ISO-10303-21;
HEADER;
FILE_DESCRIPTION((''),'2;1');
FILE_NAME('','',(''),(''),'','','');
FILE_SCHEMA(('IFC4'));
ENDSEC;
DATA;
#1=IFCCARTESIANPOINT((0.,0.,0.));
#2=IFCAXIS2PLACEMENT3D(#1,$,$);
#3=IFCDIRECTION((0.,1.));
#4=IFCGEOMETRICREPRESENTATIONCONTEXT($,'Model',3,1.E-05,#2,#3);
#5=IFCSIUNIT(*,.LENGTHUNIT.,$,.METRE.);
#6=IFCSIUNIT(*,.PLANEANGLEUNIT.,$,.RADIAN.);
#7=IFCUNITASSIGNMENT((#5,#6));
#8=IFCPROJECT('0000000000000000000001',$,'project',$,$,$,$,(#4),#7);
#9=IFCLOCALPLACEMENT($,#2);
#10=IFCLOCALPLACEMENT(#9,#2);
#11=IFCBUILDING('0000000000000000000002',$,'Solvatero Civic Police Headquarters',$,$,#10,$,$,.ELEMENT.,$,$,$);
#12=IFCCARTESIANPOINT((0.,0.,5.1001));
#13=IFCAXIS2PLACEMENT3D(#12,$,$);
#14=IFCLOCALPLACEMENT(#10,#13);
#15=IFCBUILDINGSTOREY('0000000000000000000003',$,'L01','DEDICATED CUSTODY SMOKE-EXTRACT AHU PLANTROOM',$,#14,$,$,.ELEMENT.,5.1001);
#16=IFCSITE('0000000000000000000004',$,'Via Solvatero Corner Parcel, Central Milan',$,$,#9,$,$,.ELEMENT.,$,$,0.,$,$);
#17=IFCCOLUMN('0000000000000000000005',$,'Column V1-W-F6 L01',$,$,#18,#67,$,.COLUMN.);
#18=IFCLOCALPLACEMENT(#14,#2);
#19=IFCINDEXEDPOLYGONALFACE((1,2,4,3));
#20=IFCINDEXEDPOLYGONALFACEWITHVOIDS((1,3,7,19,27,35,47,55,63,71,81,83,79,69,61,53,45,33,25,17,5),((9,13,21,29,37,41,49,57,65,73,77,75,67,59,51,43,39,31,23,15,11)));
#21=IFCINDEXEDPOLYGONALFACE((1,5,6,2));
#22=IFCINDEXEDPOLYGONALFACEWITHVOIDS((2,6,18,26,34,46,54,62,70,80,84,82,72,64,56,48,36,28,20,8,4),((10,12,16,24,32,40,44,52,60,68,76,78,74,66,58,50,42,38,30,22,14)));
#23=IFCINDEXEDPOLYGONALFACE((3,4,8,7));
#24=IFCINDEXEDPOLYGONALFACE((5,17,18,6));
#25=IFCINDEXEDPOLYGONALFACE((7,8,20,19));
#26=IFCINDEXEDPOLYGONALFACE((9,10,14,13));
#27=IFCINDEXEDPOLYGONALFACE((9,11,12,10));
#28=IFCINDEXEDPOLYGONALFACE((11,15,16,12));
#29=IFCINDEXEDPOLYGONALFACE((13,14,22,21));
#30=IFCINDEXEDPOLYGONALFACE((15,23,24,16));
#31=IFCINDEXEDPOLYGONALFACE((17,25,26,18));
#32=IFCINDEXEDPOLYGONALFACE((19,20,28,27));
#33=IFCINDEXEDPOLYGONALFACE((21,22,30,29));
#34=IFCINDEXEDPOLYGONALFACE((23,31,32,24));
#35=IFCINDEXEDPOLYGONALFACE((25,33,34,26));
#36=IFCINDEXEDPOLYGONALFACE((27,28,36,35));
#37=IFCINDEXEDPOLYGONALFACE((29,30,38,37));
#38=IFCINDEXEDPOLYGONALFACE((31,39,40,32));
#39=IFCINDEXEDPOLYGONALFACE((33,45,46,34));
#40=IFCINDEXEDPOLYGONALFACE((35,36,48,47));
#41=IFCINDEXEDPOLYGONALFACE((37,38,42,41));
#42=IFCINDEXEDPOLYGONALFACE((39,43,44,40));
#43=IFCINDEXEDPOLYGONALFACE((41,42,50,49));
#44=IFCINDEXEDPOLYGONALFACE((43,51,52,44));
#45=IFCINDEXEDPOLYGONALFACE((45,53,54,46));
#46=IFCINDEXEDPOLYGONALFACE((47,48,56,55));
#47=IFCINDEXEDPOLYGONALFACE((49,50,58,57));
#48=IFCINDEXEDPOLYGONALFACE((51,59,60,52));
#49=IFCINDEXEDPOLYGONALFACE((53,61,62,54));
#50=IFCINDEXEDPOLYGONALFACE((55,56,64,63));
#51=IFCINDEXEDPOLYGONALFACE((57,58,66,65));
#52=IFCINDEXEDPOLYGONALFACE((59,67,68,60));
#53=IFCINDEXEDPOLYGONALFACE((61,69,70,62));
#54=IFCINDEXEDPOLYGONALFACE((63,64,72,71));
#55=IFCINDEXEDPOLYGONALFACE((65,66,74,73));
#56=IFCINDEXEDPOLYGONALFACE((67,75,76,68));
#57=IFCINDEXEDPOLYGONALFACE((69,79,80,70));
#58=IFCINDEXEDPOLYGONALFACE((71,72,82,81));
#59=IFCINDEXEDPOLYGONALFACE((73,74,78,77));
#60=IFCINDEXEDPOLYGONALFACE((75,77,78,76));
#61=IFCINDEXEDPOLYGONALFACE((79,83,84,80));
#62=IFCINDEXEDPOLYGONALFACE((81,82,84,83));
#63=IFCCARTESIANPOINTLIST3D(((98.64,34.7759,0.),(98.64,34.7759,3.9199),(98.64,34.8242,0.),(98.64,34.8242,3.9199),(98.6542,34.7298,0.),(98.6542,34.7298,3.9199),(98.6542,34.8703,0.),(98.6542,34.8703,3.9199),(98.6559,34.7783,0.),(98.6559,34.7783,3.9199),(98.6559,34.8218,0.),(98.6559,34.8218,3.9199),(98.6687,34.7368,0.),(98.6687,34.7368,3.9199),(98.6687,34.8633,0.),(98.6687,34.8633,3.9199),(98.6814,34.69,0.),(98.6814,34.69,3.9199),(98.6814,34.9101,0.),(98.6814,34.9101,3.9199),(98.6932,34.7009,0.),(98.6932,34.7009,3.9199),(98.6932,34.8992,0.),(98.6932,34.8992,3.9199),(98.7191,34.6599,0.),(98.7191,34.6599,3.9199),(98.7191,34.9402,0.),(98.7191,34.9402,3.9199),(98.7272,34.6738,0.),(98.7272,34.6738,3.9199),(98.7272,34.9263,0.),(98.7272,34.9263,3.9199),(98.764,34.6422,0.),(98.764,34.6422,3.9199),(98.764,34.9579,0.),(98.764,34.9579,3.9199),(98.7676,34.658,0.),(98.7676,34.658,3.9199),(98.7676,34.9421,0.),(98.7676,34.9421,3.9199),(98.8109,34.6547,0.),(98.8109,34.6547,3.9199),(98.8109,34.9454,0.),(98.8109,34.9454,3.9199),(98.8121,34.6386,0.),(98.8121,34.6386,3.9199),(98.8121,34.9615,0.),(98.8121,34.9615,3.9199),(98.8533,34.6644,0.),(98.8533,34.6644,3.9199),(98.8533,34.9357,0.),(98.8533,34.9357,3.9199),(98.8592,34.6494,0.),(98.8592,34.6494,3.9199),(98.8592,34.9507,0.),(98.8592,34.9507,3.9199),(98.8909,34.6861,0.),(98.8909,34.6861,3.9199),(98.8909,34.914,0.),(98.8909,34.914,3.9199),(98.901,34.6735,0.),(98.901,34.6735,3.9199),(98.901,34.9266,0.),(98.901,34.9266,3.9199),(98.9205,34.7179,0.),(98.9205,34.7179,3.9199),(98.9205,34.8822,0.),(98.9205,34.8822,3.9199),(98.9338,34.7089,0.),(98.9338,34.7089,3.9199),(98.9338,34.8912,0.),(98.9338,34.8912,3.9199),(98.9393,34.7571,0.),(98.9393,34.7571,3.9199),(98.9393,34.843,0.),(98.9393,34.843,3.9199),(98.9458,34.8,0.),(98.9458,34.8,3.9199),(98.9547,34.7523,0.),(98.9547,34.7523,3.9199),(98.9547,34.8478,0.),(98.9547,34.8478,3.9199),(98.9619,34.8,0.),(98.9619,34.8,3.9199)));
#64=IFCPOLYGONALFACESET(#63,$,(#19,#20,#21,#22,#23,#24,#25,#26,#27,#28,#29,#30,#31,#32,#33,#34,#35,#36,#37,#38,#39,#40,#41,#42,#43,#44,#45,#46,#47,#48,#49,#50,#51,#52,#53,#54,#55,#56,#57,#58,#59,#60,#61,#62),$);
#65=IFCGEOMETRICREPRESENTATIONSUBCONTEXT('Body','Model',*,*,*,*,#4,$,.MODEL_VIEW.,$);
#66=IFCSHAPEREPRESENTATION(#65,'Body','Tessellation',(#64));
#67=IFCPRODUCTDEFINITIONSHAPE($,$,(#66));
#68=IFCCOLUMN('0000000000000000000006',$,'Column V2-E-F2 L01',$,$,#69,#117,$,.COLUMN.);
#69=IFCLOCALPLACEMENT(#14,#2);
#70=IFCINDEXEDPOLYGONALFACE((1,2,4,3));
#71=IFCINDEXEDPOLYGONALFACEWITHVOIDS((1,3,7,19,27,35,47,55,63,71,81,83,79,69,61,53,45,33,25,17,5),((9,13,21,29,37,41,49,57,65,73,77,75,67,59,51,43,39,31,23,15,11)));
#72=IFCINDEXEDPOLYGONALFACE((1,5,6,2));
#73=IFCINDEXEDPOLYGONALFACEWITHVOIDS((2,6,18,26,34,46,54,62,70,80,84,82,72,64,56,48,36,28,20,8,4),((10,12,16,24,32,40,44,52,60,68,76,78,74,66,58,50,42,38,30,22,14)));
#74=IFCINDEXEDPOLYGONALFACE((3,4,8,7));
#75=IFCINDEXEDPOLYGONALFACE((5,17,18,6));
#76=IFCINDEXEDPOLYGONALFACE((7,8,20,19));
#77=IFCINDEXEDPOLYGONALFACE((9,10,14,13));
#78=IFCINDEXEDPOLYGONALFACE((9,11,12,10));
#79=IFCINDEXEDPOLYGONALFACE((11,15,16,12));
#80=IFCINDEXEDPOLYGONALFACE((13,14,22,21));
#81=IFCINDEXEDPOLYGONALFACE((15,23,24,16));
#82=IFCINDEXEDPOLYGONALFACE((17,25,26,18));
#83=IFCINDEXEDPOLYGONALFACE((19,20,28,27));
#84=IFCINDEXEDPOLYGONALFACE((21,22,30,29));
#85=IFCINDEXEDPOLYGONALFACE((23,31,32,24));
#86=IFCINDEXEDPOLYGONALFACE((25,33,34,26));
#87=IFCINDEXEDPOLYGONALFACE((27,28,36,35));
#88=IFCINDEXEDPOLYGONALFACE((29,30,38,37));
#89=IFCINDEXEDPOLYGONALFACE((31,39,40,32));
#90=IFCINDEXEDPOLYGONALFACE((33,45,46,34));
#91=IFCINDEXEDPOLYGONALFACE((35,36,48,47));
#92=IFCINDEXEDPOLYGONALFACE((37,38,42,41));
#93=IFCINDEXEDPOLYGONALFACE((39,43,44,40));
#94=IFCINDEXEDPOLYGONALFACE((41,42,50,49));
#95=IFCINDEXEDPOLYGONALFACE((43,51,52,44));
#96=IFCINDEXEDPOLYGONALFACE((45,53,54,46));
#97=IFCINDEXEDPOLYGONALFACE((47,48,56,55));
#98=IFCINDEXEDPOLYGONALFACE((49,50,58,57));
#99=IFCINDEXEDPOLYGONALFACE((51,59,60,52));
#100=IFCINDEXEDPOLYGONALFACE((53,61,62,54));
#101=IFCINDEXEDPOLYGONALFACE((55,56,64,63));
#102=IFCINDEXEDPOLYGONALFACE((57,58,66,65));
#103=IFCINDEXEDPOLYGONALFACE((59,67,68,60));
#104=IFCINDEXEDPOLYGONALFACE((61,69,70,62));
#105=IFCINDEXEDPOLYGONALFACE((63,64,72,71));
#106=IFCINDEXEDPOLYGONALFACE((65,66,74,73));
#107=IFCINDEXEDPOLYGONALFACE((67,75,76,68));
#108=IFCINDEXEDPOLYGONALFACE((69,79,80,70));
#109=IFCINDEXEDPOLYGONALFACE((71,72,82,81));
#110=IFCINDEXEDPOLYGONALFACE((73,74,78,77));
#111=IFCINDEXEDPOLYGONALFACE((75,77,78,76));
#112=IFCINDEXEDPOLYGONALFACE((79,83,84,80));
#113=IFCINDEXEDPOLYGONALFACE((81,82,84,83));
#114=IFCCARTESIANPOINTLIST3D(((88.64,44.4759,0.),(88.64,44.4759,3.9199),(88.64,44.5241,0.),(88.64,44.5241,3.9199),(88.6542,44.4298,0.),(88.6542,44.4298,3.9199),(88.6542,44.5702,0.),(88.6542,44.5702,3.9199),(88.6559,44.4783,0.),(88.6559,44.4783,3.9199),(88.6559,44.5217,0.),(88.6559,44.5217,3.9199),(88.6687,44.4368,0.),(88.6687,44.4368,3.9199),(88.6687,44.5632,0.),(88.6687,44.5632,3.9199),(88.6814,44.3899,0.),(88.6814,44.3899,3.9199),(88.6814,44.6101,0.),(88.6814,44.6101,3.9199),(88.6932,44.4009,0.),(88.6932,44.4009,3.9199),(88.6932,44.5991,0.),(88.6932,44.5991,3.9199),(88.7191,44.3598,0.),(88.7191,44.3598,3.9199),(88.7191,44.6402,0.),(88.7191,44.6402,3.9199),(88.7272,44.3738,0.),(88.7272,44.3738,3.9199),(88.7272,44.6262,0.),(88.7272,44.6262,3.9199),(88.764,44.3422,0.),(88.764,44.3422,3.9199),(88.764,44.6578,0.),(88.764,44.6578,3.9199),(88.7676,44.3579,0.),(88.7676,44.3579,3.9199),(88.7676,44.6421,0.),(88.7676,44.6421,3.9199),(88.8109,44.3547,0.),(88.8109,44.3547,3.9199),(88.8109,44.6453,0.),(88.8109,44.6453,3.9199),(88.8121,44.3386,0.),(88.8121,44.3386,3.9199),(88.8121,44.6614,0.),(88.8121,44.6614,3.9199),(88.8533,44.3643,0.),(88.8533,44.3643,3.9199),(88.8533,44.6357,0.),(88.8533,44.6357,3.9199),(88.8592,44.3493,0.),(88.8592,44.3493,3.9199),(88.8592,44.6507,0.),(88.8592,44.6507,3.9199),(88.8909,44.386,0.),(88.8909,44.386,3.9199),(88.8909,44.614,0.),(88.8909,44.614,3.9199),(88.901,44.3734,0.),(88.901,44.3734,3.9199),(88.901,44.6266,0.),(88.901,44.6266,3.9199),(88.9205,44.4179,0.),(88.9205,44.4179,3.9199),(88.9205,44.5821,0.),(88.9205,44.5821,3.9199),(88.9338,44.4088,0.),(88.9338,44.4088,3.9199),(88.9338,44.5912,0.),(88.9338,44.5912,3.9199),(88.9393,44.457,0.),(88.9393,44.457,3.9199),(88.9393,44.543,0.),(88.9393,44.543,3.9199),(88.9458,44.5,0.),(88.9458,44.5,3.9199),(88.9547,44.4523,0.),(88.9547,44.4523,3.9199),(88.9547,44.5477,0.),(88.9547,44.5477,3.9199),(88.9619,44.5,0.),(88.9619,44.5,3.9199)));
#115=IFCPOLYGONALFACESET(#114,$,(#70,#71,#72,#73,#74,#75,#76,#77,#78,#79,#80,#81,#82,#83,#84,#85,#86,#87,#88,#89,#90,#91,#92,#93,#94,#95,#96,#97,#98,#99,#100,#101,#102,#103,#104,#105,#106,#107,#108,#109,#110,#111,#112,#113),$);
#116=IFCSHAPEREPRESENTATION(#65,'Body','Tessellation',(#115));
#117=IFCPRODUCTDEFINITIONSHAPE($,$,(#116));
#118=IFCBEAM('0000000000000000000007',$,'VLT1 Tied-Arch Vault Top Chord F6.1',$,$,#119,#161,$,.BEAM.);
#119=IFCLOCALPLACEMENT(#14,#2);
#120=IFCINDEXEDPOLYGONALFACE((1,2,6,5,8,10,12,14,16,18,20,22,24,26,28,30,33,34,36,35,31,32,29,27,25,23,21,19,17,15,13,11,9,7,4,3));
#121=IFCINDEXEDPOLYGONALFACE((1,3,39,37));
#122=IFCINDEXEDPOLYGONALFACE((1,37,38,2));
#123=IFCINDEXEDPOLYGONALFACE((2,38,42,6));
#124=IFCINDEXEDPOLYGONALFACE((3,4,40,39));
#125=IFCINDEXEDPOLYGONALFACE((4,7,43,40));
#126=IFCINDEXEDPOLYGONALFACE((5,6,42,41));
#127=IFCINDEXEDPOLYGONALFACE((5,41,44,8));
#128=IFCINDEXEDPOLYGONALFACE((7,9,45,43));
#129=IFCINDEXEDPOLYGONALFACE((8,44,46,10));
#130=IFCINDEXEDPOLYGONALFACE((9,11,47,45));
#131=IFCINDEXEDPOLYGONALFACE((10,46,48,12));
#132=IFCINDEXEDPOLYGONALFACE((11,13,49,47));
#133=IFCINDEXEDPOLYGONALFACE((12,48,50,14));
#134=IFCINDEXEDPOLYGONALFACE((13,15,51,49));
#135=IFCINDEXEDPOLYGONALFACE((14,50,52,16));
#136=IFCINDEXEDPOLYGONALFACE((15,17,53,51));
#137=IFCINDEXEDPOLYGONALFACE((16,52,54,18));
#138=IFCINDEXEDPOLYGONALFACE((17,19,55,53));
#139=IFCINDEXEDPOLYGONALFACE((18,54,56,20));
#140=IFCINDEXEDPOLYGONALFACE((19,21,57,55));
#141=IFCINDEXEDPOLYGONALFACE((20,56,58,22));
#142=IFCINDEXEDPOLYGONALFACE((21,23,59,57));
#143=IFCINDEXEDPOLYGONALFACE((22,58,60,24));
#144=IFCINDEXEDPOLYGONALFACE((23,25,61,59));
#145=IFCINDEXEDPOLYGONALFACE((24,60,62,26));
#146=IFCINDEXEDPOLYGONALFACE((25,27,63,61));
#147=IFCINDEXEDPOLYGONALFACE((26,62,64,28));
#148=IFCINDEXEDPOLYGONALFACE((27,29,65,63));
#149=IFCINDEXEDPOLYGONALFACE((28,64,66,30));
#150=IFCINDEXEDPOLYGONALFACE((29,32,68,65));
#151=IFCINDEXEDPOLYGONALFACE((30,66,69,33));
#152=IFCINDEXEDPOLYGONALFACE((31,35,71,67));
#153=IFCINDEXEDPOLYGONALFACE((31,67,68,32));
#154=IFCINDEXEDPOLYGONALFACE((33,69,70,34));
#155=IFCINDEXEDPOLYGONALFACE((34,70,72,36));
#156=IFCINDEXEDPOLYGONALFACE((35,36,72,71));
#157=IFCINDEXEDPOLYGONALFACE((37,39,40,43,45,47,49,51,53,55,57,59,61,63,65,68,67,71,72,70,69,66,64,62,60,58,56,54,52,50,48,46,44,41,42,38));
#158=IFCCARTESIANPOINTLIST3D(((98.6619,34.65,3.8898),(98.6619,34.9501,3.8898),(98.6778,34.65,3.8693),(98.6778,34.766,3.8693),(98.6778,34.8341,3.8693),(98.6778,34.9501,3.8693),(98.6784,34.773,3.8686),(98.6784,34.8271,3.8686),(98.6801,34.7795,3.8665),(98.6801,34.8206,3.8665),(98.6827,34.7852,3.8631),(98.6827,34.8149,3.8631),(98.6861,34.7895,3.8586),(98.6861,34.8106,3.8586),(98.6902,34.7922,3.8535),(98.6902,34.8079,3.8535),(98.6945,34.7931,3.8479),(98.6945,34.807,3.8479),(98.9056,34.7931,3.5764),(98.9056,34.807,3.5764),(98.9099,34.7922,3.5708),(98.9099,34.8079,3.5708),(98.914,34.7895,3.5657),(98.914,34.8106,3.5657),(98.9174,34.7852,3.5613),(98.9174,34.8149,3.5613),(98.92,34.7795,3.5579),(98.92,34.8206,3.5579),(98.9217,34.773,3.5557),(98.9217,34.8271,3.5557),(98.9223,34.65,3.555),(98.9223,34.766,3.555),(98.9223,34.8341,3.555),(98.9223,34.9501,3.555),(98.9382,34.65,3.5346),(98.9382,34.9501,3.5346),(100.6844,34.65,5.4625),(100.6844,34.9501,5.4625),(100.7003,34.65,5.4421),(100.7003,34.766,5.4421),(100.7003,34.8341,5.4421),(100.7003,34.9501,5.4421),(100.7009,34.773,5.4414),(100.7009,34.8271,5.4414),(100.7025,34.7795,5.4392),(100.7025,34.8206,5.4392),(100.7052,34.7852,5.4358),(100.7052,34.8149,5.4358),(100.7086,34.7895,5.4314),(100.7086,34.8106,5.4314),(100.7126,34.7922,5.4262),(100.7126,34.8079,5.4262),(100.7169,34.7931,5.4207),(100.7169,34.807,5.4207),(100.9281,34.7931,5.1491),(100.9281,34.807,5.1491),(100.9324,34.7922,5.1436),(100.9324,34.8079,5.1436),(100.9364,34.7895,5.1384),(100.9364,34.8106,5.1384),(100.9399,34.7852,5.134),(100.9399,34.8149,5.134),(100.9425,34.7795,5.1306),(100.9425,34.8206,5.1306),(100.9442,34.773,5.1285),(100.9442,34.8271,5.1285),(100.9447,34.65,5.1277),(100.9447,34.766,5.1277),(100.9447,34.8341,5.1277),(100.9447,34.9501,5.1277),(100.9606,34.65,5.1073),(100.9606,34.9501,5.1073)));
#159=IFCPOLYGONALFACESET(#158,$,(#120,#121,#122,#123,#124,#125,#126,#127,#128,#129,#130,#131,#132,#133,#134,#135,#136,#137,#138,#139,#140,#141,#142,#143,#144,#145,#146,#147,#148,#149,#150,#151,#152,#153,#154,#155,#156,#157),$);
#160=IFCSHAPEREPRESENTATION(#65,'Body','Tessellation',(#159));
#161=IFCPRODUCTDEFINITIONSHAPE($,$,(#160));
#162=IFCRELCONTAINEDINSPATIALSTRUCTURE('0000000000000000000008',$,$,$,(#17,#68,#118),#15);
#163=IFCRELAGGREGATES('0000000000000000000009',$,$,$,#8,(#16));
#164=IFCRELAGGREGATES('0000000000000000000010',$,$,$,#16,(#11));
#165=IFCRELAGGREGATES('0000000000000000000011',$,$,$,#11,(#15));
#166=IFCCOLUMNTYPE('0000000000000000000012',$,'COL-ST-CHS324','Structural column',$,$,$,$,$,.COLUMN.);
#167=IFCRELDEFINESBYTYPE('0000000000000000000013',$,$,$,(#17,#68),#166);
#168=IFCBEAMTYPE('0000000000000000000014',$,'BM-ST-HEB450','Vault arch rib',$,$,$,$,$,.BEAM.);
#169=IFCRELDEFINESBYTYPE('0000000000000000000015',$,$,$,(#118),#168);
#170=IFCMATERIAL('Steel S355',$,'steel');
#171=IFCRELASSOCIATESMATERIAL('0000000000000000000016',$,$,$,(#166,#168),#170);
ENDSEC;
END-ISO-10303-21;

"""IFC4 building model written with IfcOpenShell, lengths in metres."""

from ifc_helpers import new_model, si_unit, direction, frame, origin, origin_2d, place, context, subcontext, project, spatial, hollow_circle, i_section, extrude, material, material_profile, profile_set, type_object, element, save


model = new_model("IFC4")

# Units and contexts
model_context = context("Model", 3, precision=1e-05, world=origin(), true_north=direction((0.0, 1.0)))
body_context = subcontext(model_context, "Body", "Model", "MODEL_VIEW")
ifc_project = project(units=[si_unit("LENGTHUNIT", "METRE"), si_unit("PLANEANGLEUNIT", "RADIAN")], contexts=[model_context])

# Site, building, storey
site_placement = place(None, origin())
site = spatial("IfcSite", under=ifc_project, at=site_placement, Name="Via Solvatero Corner Parcel, Central Milan", CompositionType="ELEMENT", RefElevation=0.0)
building_placement = place(site_placement, origin())
building = spatial("IfcBuilding", under=site, at=building_placement, Name="Solvatero Civic Police Headquarters", CompositionType="ELEMENT")
storey_placement = place(building_placement, frame((0.0, 0.0, 5.1001)))
storey = spatial("IfcBuildingStorey", under=building, at=storey_placement, Name="L01", Description="DEDICATED CUSTODY SMOKE-EXTRACT AHU PLANTROOM", CompositionType="ELEMENT", Elevation=5.1001)

# Columns
ifc_material_1 = material(Name="Steel S355", Category="steel")
ifc_material_profile_1 = material_profile(ifc_material_1, hollow_circle(Radius=0.1619, WallThickness=0.0161, at=origin_2d()), Name="CHS 323.9x16.0")
ifc_profile_set_1 = profile_set([ifc_material_profile_1], Name="Steel S355")
column_type = type_object("IfcColumnType", Name="COL-ST-CHS324", Description="Structural column", PredefinedType="COLUMN", material=ifc_profile_set_1)
for number, where, z_axis, x_axis, name in (
    (1, (98.8, 34.8, 0.0), (0.0, 0.0, 1.0), (1.0, 0.0, 0.0), "Column V1-W-F6 L01"),
    (2, (88.8, 44.5, 0.0), (0.0, 0.0, 1.0), (1.0, 0.0, 0.0), "Column V2-E-F2 L01"),
):
    element("IfcColumn", number, at=place(storey_placement, frame(where, z_axis=z_axis, x_axis=x_axis)), inside=storey, type_object=column_type, Name=name, PredefinedType="COLUMN", context=body_context, shape_type="SweptSolid", body=[
        extrude(hollow_circle(Radius=0.1619, WallThickness=0.0161, at=origin_2d()), origin(), (0.0, 0.0, 1.0), 3.9199),
    ])

# Beam
ifc_material_profile_2 = material_profile(ifc_material_1, i_section(OverallWidth=0.3, OverallDepth=0.45, WebThickness=0.0139, FlangeThickness=0.0259, FilletRadius=0.0271, at=origin_2d()), Name="HEB 450")
ifc_profile_set_2 = profile_set([ifc_material_profile_2], Name="Steel S355")
beam_type_1 = type_object("IfcBeamType", Name="BM-ST-HEB450", Description="Vault arch rib", PredefinedType="BEAM", material=ifc_profile_set_2)
beam_1_placement = place(storey_placement, frame((98.8, 34.8, 3.7122), z_axis=(0.789404, 0.0, 0.613875), x_axis=(0.0, 1.0, 0.0)))
element("IfcBeam", 3, at=beam_1_placement, inside=storey, type_object=beam_type_1, Name="VLT1 Tied-Arch Vault Top Chord F6.1", PredefinedType="BEAM", context=body_context, shape_type="SweptSolid", body=[
    extrude(i_section(OverallWidth=0.3, OverallDepth=0.45, WebThickness=0.0139, FlangeThickness=0.0259, FilletRadius=0.0271, at=origin_2d()), origin(), (0.0, 0.0, 1.0), 2.562),
])

save(model, "model.ifc")
